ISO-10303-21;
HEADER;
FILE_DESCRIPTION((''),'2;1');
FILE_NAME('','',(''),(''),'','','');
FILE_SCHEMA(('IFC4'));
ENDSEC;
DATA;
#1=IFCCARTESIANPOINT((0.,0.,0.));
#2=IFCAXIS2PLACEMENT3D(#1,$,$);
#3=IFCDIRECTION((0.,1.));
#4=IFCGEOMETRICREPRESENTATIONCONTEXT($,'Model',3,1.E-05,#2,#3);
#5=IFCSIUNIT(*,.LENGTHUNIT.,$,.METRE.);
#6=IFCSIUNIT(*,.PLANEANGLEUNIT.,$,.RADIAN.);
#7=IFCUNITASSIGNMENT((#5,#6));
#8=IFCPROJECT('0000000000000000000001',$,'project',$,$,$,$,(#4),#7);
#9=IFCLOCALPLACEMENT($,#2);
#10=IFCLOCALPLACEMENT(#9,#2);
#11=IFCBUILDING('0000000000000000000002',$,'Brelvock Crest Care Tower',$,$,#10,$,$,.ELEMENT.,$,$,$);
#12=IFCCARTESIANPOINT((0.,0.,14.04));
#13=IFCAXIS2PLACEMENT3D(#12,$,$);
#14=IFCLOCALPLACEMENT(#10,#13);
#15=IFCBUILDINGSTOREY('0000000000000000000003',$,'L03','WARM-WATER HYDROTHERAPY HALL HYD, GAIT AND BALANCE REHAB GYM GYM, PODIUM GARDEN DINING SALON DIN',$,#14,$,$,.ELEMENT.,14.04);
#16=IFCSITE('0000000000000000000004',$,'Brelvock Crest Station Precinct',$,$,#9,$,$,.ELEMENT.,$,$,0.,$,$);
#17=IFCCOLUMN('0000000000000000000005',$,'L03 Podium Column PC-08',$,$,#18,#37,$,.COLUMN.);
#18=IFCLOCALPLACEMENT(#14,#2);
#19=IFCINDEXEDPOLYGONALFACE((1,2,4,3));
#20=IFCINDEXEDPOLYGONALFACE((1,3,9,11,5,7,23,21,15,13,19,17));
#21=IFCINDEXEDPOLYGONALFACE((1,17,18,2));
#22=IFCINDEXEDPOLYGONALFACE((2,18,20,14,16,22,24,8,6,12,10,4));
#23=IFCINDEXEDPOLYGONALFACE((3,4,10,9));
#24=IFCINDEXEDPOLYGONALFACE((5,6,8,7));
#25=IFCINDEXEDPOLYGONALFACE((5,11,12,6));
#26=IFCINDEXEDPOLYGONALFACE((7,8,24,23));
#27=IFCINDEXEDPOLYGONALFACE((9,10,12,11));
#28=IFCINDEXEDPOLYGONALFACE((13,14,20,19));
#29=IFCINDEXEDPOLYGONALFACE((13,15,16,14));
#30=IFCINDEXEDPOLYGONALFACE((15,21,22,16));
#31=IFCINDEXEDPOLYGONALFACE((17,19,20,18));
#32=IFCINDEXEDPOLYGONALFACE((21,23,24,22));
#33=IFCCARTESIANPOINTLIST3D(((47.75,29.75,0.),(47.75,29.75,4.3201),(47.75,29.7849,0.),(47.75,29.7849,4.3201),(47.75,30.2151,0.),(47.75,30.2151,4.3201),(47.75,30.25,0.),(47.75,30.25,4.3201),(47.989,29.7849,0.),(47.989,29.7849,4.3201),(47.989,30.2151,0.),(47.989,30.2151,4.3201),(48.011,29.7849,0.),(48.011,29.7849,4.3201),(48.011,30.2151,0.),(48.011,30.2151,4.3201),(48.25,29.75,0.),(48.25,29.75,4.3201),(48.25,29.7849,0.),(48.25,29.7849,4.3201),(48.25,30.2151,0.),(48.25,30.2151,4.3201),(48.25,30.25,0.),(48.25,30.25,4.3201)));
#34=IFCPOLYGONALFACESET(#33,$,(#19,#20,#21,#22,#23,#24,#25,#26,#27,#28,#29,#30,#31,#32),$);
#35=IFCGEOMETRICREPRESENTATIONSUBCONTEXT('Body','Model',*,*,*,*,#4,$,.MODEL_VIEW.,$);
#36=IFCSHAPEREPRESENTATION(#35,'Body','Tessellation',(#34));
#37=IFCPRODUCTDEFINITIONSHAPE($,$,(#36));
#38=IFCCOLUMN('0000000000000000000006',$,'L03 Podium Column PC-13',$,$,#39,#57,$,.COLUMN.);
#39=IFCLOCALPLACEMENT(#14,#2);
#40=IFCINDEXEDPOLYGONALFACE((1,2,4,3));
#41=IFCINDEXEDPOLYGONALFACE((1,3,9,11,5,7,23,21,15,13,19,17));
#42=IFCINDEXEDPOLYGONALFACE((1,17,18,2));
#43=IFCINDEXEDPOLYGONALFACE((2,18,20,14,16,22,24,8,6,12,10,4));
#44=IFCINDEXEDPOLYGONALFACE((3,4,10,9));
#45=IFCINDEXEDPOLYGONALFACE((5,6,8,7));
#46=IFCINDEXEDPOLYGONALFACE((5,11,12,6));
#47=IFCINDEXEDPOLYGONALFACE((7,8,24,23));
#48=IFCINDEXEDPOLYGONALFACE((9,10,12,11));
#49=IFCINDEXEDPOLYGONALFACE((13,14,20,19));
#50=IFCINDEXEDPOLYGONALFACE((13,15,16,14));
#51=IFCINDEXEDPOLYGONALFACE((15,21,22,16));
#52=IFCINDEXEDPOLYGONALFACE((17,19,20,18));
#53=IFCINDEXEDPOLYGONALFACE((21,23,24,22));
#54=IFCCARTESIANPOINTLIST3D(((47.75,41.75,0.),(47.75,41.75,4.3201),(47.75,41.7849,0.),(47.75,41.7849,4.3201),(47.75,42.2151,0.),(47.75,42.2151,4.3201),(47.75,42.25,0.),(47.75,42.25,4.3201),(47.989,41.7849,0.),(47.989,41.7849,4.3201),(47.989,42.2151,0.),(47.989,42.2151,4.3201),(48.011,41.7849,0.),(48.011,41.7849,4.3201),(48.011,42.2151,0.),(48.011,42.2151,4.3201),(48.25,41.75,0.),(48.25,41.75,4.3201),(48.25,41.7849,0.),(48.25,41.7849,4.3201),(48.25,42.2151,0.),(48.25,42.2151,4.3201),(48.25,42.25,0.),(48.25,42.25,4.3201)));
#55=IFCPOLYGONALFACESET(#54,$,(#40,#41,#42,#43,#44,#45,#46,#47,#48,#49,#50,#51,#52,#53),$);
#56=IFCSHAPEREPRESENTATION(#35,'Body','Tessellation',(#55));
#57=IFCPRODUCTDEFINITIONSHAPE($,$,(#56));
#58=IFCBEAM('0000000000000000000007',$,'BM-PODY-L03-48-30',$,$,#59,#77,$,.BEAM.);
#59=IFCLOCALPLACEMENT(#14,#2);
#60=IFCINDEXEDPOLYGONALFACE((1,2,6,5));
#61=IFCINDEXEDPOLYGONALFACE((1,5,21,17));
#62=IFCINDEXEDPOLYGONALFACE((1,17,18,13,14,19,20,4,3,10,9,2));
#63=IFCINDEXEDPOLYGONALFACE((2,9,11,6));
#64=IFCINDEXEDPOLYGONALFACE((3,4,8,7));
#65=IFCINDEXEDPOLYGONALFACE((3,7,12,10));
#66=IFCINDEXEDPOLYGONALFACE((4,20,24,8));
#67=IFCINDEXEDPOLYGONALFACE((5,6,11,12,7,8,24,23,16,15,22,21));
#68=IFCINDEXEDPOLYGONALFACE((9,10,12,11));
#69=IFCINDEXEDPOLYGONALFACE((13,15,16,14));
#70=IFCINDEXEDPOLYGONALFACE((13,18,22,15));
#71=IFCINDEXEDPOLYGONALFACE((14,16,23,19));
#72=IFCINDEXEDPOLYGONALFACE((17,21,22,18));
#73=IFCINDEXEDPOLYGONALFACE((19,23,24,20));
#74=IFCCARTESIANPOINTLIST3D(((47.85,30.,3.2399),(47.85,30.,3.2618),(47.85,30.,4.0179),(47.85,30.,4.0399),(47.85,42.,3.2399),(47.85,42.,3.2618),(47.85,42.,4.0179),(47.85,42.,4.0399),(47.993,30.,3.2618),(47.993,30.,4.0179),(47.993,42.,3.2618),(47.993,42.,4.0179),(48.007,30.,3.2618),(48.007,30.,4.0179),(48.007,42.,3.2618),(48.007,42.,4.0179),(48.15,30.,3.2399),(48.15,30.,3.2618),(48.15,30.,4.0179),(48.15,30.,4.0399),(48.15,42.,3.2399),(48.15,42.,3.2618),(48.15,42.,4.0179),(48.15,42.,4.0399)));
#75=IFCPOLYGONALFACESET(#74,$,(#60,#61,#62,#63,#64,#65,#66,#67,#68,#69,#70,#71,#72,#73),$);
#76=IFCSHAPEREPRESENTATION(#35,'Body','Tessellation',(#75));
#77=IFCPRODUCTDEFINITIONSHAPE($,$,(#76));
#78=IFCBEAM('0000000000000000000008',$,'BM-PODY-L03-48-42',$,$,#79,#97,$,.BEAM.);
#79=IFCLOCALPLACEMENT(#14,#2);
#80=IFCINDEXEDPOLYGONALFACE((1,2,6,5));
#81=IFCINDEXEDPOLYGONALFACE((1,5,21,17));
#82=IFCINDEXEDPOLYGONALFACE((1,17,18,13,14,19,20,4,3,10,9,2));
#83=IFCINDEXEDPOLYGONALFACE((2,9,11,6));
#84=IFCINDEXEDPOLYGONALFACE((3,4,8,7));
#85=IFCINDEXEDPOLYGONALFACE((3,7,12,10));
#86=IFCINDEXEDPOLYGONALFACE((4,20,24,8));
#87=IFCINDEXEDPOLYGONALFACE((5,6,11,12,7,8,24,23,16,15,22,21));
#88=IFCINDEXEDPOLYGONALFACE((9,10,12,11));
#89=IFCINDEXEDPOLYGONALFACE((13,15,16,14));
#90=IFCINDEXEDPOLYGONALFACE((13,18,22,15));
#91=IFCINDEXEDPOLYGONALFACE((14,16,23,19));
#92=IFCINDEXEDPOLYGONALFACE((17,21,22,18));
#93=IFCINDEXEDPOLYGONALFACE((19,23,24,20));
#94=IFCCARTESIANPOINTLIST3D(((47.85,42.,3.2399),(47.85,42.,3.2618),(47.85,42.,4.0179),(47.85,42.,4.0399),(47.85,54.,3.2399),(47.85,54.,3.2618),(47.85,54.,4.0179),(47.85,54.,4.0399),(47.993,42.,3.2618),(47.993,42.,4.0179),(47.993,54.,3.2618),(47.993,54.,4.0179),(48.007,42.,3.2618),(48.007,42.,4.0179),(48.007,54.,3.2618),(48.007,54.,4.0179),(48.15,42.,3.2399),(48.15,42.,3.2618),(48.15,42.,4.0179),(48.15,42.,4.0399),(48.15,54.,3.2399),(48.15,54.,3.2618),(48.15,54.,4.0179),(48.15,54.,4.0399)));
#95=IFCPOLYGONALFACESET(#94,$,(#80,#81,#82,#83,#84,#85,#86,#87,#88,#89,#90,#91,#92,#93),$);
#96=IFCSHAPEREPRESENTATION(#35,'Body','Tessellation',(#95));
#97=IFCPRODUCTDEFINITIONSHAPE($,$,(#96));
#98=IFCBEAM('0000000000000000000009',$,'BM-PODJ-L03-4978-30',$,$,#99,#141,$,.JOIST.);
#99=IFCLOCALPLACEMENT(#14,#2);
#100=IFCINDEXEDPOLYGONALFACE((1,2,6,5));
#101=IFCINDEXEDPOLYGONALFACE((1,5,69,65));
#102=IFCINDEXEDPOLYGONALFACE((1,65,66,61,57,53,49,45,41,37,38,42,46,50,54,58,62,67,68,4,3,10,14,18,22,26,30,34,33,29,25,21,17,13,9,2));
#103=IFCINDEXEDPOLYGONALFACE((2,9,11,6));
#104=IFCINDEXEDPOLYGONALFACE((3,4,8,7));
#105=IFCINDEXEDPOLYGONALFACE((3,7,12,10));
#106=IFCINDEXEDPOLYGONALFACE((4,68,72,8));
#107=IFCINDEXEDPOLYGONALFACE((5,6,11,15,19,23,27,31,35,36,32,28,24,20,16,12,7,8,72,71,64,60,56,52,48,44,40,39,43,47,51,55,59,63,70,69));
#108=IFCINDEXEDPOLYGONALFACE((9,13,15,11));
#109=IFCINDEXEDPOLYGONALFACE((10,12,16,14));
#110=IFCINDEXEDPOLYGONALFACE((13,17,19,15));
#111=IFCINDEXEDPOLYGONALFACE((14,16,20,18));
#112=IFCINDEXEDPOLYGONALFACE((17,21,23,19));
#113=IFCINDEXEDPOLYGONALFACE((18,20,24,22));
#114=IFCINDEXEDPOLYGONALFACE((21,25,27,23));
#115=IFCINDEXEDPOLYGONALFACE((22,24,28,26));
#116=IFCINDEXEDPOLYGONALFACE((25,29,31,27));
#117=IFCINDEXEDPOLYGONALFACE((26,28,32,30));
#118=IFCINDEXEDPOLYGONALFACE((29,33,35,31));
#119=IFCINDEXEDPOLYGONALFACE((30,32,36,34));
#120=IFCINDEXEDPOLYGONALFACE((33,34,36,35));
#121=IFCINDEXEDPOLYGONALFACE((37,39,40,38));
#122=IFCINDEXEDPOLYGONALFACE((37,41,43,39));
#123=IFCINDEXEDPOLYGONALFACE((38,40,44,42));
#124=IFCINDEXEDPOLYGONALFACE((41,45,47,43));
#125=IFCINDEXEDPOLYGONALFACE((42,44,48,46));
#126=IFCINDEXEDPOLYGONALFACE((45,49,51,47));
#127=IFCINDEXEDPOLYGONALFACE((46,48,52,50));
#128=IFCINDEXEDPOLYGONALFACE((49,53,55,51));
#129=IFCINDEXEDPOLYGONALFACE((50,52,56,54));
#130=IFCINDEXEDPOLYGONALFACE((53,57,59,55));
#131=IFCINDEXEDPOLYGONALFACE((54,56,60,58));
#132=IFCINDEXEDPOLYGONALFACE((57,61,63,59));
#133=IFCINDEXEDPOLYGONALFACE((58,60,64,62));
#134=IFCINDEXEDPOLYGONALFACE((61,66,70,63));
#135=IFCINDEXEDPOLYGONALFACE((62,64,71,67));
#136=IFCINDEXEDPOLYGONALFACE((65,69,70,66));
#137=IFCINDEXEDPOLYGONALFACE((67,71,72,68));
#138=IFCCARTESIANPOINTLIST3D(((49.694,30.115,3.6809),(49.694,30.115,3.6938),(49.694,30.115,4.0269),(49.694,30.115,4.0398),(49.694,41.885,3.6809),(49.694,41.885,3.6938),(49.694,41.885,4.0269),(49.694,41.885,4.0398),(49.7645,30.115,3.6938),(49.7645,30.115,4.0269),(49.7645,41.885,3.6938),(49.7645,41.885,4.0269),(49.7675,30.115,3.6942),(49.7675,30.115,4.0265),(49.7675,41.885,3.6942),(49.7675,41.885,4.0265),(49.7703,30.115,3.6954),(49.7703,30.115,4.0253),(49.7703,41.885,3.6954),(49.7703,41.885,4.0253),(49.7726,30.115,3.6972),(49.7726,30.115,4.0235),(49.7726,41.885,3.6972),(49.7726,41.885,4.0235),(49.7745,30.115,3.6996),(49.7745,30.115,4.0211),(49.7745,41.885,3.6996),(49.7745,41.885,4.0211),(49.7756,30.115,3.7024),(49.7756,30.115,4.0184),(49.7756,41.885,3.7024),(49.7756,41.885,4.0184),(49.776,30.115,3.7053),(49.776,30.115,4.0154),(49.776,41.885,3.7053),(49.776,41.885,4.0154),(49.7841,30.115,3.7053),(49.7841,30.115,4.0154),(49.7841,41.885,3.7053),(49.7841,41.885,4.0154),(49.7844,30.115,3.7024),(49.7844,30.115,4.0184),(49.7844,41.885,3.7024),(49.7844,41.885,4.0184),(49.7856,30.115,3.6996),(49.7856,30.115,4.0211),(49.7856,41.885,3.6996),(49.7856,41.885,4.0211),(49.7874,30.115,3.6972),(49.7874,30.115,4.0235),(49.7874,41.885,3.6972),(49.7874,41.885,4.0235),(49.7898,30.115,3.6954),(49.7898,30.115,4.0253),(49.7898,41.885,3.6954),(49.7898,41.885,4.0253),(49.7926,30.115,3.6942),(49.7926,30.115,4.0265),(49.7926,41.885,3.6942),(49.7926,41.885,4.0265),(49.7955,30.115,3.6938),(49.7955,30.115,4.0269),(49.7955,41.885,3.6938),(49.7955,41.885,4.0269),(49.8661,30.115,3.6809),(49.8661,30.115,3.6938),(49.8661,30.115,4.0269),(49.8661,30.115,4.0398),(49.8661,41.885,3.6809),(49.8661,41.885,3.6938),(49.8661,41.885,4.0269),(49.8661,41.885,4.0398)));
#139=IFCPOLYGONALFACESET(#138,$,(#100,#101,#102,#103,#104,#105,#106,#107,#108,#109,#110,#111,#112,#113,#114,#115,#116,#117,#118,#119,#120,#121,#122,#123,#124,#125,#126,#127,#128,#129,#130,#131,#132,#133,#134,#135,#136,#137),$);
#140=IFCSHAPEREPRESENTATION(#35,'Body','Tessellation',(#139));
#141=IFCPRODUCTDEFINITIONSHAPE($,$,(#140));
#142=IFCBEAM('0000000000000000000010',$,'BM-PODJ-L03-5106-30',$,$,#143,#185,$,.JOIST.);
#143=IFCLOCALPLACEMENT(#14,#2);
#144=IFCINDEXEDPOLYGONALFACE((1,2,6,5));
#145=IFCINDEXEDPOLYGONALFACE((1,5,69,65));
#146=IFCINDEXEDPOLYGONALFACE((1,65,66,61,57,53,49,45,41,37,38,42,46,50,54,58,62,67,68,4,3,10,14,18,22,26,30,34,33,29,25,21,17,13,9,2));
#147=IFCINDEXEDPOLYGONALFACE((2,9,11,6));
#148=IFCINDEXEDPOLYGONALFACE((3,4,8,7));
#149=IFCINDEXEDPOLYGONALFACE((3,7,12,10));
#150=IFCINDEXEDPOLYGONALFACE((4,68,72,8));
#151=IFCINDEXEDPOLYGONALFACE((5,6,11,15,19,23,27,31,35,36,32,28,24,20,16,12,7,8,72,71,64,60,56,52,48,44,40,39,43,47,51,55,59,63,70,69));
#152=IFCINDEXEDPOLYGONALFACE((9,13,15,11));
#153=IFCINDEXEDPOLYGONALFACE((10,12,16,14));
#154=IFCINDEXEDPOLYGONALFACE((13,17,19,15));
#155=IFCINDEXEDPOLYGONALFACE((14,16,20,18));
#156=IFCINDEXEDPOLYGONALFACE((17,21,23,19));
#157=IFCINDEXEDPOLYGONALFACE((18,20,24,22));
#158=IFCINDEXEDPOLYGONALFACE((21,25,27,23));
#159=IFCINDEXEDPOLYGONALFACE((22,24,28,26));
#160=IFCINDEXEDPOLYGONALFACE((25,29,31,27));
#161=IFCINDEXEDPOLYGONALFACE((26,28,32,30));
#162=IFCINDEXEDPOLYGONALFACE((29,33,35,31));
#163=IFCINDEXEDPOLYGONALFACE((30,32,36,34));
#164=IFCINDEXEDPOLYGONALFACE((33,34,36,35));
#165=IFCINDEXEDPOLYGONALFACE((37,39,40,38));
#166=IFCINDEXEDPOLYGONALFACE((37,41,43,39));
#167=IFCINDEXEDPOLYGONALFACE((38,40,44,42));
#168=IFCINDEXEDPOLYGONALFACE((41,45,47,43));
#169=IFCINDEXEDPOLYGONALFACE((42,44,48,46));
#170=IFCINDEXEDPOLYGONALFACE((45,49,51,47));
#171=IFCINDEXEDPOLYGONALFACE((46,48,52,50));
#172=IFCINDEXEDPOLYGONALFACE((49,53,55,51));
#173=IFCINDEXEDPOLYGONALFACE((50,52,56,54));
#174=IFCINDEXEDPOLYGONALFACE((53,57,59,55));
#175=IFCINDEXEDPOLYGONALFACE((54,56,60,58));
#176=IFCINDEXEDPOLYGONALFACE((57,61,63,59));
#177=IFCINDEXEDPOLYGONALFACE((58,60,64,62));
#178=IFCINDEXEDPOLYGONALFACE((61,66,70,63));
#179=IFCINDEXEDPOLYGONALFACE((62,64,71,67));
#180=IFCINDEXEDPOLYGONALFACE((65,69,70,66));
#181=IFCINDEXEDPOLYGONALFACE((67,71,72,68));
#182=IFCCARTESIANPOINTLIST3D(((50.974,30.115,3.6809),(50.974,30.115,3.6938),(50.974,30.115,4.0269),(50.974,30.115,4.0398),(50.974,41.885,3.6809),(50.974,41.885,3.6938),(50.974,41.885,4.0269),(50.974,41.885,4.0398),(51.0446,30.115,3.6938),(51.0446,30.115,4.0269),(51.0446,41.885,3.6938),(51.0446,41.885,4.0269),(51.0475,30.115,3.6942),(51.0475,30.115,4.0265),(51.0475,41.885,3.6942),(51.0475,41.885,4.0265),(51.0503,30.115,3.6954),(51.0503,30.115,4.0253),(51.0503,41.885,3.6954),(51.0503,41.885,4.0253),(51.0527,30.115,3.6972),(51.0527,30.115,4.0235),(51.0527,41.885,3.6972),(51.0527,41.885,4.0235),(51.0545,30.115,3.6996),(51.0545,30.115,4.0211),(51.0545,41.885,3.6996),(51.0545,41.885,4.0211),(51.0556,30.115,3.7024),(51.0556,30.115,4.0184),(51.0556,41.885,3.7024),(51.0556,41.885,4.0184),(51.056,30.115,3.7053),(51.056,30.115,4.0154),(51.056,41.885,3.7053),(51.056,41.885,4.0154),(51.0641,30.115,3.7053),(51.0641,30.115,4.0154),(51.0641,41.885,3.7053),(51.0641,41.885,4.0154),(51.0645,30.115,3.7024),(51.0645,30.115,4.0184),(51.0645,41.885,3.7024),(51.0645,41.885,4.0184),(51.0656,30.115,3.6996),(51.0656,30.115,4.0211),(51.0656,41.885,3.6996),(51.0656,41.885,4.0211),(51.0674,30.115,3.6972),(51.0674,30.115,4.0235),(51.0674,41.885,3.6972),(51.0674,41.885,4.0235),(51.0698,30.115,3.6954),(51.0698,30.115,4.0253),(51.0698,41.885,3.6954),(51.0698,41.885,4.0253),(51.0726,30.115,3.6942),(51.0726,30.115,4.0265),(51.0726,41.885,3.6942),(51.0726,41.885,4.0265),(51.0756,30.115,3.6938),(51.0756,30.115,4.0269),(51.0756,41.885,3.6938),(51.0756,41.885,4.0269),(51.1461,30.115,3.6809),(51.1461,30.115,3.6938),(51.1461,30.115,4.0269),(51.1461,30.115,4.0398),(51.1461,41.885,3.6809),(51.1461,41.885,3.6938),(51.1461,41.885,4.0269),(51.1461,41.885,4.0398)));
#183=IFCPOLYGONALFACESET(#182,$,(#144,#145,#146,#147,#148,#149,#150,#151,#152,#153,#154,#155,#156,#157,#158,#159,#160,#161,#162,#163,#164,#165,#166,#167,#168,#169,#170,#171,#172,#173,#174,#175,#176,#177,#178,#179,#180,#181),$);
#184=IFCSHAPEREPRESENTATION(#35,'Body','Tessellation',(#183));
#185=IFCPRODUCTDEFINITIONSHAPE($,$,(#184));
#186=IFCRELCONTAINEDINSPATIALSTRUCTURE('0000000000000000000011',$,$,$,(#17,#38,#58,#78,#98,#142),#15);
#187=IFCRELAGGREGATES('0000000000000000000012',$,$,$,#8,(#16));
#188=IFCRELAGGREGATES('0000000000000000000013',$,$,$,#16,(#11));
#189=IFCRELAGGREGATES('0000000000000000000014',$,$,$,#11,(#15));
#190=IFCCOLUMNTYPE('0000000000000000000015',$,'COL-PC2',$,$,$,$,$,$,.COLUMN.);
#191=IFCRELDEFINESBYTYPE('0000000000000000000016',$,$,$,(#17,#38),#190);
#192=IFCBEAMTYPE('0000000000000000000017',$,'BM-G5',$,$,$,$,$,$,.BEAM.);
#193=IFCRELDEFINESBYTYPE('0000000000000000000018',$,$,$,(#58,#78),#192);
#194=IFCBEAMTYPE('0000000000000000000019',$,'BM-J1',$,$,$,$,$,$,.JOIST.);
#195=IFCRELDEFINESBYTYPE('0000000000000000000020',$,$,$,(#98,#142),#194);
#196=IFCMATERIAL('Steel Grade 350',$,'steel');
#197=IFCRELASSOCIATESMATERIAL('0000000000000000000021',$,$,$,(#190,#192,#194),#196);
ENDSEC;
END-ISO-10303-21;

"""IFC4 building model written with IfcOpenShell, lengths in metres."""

from ifc_helpers import new_model, si_unit, direction, frame, origin, origin_2d, place, context, subcontext, project, spatial, i_section, extrude, source, transform, mapped, material, material_profile, profile_set, type_object, element, save


model = new_model("IFC4")

# Units and contexts
model_context = context("Model", 3, precision=1e-05, world=origin(), true_north=direction((0.0, 1.0)))
body_context = subcontext(model_context, "Body", "Model", "MODEL_VIEW")
ifc_project = project(units=[si_unit("LENGTHUNIT", "METRE"), si_unit("PLANEANGLEUNIT", "RADIAN")], contexts=[model_context])

# Site, building, storey
site_placement = place(None, origin())
site = spatial("IfcSite", under=ifc_project, at=site_placement, Name="Brelvock Crest Station Precinct", CompositionType="ELEMENT", RefElevation=0.0)
building_placement = place(site_placement, origin())
building = spatial("IfcBuilding", under=site, at=building_placement, Name="Brelvock Crest Care Tower", CompositionType="ELEMENT")
storey_placement = place(building_placement, frame((0.0, 0.0, 14.04)))
storey = spatial("IfcBuildingStorey", under=building, at=storey_placement, Name="L03", Description="WARM-WATER HYDROTHERAPY HALL HYD, GAIT AND BALANCE REHAB GYM GYM, PODIUM GARDEN DINING SALON DIN", CompositionType="ELEMENT", Elevation=14.04)

# Columns
ifc_material_1 = material(Name="Steel Grade 350", Category="steel")
ifc_material_profile_1 = material_profile(ifc_material_1, i_section(OverallWidth=0.5, OverallDepth=0.5, WebThickness=0.022, FlangeThickness=0.0349, at=origin_2d()), Name="500WC340")
ifc_profile_set_1 = profile_set([ifc_material_profile_1], Name="Steel Grade 350")
column_type = type_object("IfcColumnType", Name="COL-PC2", PredefinedType="COLUMN", material=ifc_profile_set_1)
shared_shape_1 = source(origin(), body_context, "Body", "SweptSolid", [
    extrude(i_section(OverallWidth=0.5, OverallDepth=0.5, WebThickness=0.022, FlangeThickness=0.0349, at=origin_2d()), origin(), (0.0, 0.0, 1.0), 4.3201),
])
for number, where, z_axis, x_axis, name in (
    (1, (48.0, 30.0, 0.0), (0.0, 0.0, 1.0), (1.0, 0.0, 0.0), "L03 Podium Column PC-08"),
    (2, (48.0, 42.0, 0.0), (0.0, 0.0, 1.0), (1.0, 0.0, 0.0), "L03 Podium Column PC-13"),
):
    element("IfcColumn", number, at=place(storey_placement, frame(where, z_axis=z_axis, x_axis=x_axis)), inside=storey, type_object=column_type, Name=name, PredefinedType="COLUMN", context=body_context, shape_type="MappedRepresentation", body=[
        mapped(shared_shape_1, transform((0.0, 0.0, 0.0), x_axis=(1.0, 0.0, 0.0), y_axis=(0.0, 1.0, 0.0), z_axis=(0.0, 0.0, 1.0), scale=1.0)),
    ])

# Beams
ifc_material_profile_2 = material_profile(ifc_material_1, i_section(OverallWidth=0.3, OverallDepth=0.8, WebThickness=0.0139, FlangeThickness=0.022, at=origin_2d()), Name="800WB192")
ifc_profile_set_2 = profile_set([ifc_material_profile_2], Name="Steel Grade 350")
beam_type_1 = type_object("IfcBeamType", Name="BM-G5", PredefinedType="BEAM", material=ifc_profile_set_2)
shared_shape_2 = source(origin(), body_context, "Body", "SweptSolid", [
    extrude(i_section(OverallWidth=0.3, OverallDepth=0.8, WebThickness=0.0139, FlangeThickness=0.022, at=origin_2d()), origin(), (0.0, 0.0, 1.0), 12.0),
])
for number, where, z_axis, x_axis, name in (
    (3, (48.0, 30.0, 3.6399), (0.0, 1.0, 0.0), (-1.0, 0.0, 0.0), "BM-PODY-L03-48-30"),
    (4, (48.0, 42.0, 3.6399), (0.0, 1.0, 0.0), (-1.0, 0.0, 0.0), "BM-PODY-L03-48-42"),
):
    element("IfcBeam", number, at=place(storey_placement, frame(where, z_axis=z_axis, x_axis=x_axis)), inside=storey, type_object=beam_type_1, Name=name, PredefinedType="BEAM", context=body_context, shape_type="MappedRepresentation", body=[
        mapped(shared_shape_2, transform((0.0, 0.0, 0.0), x_axis=(1.0, 0.0, 0.0), y_axis=(0.0, 1.0, 0.0), z_axis=(0.0, 0.0, 1.0), scale=1.0)),
    ])
ifc_material_profile_3 = material_profile(ifc_material_1, i_section(OverallWidth=0.1721, OverallDepth=0.3589, WebThickness=0.0081, FlangeThickness=0.0129, FilletRadius=0.0115, at=origin_2d()), Name="360UB56.7")
ifc_profile_set_3 = profile_set([ifc_material_profile_3], Name="Steel Grade 350")
beam_type_2 = type_object("IfcBeamType", Name="BM-J1", PredefinedType="JOIST", material=ifc_profile_set_3)
shared_shape_3 = source(origin(), body_context, "Body", "SweptSolid", [
    extrude(i_section(OverallWidth=0.1721, OverallDepth=0.3589, WebThickness=0.0081, FlangeThickness=0.0129, FilletRadius=0.0115, at=origin_2d()), origin(), (0.0, 0.0, 1.0), 11.77),
])
for number, where, z_axis, x_axis, name in (
    (5, (49.78, 30.115, 3.8604), (0.0, 1.0, 0.0), (-1.0, 0.0, 0.0), "BM-PODJ-L03-4978-30"),
    (6, (51.0601, 30.115, 3.8604), (0.0, 1.0, 0.0), (-1.0, 0.0, 0.0), "BM-PODJ-L03-5106-30"),
):
    element("IfcBeam", number, at=place(storey_placement, frame(where, z_axis=z_axis, x_axis=x_axis)), inside=storey, type_object=beam_type_2, Name=name, PredefinedType="JOIST", context=body_context, shape_type="MappedRepresentation", body=[
        mapped(shared_shape_3, transform((0.0, 0.0, 0.0), x_axis=(1.0, 0.0, 0.0), y_axis=(0.0, 1.0, 0.0), z_axis=(0.0, 0.0, 1.0), scale=1.0)),
    ])

save(model, "model.ifc")
